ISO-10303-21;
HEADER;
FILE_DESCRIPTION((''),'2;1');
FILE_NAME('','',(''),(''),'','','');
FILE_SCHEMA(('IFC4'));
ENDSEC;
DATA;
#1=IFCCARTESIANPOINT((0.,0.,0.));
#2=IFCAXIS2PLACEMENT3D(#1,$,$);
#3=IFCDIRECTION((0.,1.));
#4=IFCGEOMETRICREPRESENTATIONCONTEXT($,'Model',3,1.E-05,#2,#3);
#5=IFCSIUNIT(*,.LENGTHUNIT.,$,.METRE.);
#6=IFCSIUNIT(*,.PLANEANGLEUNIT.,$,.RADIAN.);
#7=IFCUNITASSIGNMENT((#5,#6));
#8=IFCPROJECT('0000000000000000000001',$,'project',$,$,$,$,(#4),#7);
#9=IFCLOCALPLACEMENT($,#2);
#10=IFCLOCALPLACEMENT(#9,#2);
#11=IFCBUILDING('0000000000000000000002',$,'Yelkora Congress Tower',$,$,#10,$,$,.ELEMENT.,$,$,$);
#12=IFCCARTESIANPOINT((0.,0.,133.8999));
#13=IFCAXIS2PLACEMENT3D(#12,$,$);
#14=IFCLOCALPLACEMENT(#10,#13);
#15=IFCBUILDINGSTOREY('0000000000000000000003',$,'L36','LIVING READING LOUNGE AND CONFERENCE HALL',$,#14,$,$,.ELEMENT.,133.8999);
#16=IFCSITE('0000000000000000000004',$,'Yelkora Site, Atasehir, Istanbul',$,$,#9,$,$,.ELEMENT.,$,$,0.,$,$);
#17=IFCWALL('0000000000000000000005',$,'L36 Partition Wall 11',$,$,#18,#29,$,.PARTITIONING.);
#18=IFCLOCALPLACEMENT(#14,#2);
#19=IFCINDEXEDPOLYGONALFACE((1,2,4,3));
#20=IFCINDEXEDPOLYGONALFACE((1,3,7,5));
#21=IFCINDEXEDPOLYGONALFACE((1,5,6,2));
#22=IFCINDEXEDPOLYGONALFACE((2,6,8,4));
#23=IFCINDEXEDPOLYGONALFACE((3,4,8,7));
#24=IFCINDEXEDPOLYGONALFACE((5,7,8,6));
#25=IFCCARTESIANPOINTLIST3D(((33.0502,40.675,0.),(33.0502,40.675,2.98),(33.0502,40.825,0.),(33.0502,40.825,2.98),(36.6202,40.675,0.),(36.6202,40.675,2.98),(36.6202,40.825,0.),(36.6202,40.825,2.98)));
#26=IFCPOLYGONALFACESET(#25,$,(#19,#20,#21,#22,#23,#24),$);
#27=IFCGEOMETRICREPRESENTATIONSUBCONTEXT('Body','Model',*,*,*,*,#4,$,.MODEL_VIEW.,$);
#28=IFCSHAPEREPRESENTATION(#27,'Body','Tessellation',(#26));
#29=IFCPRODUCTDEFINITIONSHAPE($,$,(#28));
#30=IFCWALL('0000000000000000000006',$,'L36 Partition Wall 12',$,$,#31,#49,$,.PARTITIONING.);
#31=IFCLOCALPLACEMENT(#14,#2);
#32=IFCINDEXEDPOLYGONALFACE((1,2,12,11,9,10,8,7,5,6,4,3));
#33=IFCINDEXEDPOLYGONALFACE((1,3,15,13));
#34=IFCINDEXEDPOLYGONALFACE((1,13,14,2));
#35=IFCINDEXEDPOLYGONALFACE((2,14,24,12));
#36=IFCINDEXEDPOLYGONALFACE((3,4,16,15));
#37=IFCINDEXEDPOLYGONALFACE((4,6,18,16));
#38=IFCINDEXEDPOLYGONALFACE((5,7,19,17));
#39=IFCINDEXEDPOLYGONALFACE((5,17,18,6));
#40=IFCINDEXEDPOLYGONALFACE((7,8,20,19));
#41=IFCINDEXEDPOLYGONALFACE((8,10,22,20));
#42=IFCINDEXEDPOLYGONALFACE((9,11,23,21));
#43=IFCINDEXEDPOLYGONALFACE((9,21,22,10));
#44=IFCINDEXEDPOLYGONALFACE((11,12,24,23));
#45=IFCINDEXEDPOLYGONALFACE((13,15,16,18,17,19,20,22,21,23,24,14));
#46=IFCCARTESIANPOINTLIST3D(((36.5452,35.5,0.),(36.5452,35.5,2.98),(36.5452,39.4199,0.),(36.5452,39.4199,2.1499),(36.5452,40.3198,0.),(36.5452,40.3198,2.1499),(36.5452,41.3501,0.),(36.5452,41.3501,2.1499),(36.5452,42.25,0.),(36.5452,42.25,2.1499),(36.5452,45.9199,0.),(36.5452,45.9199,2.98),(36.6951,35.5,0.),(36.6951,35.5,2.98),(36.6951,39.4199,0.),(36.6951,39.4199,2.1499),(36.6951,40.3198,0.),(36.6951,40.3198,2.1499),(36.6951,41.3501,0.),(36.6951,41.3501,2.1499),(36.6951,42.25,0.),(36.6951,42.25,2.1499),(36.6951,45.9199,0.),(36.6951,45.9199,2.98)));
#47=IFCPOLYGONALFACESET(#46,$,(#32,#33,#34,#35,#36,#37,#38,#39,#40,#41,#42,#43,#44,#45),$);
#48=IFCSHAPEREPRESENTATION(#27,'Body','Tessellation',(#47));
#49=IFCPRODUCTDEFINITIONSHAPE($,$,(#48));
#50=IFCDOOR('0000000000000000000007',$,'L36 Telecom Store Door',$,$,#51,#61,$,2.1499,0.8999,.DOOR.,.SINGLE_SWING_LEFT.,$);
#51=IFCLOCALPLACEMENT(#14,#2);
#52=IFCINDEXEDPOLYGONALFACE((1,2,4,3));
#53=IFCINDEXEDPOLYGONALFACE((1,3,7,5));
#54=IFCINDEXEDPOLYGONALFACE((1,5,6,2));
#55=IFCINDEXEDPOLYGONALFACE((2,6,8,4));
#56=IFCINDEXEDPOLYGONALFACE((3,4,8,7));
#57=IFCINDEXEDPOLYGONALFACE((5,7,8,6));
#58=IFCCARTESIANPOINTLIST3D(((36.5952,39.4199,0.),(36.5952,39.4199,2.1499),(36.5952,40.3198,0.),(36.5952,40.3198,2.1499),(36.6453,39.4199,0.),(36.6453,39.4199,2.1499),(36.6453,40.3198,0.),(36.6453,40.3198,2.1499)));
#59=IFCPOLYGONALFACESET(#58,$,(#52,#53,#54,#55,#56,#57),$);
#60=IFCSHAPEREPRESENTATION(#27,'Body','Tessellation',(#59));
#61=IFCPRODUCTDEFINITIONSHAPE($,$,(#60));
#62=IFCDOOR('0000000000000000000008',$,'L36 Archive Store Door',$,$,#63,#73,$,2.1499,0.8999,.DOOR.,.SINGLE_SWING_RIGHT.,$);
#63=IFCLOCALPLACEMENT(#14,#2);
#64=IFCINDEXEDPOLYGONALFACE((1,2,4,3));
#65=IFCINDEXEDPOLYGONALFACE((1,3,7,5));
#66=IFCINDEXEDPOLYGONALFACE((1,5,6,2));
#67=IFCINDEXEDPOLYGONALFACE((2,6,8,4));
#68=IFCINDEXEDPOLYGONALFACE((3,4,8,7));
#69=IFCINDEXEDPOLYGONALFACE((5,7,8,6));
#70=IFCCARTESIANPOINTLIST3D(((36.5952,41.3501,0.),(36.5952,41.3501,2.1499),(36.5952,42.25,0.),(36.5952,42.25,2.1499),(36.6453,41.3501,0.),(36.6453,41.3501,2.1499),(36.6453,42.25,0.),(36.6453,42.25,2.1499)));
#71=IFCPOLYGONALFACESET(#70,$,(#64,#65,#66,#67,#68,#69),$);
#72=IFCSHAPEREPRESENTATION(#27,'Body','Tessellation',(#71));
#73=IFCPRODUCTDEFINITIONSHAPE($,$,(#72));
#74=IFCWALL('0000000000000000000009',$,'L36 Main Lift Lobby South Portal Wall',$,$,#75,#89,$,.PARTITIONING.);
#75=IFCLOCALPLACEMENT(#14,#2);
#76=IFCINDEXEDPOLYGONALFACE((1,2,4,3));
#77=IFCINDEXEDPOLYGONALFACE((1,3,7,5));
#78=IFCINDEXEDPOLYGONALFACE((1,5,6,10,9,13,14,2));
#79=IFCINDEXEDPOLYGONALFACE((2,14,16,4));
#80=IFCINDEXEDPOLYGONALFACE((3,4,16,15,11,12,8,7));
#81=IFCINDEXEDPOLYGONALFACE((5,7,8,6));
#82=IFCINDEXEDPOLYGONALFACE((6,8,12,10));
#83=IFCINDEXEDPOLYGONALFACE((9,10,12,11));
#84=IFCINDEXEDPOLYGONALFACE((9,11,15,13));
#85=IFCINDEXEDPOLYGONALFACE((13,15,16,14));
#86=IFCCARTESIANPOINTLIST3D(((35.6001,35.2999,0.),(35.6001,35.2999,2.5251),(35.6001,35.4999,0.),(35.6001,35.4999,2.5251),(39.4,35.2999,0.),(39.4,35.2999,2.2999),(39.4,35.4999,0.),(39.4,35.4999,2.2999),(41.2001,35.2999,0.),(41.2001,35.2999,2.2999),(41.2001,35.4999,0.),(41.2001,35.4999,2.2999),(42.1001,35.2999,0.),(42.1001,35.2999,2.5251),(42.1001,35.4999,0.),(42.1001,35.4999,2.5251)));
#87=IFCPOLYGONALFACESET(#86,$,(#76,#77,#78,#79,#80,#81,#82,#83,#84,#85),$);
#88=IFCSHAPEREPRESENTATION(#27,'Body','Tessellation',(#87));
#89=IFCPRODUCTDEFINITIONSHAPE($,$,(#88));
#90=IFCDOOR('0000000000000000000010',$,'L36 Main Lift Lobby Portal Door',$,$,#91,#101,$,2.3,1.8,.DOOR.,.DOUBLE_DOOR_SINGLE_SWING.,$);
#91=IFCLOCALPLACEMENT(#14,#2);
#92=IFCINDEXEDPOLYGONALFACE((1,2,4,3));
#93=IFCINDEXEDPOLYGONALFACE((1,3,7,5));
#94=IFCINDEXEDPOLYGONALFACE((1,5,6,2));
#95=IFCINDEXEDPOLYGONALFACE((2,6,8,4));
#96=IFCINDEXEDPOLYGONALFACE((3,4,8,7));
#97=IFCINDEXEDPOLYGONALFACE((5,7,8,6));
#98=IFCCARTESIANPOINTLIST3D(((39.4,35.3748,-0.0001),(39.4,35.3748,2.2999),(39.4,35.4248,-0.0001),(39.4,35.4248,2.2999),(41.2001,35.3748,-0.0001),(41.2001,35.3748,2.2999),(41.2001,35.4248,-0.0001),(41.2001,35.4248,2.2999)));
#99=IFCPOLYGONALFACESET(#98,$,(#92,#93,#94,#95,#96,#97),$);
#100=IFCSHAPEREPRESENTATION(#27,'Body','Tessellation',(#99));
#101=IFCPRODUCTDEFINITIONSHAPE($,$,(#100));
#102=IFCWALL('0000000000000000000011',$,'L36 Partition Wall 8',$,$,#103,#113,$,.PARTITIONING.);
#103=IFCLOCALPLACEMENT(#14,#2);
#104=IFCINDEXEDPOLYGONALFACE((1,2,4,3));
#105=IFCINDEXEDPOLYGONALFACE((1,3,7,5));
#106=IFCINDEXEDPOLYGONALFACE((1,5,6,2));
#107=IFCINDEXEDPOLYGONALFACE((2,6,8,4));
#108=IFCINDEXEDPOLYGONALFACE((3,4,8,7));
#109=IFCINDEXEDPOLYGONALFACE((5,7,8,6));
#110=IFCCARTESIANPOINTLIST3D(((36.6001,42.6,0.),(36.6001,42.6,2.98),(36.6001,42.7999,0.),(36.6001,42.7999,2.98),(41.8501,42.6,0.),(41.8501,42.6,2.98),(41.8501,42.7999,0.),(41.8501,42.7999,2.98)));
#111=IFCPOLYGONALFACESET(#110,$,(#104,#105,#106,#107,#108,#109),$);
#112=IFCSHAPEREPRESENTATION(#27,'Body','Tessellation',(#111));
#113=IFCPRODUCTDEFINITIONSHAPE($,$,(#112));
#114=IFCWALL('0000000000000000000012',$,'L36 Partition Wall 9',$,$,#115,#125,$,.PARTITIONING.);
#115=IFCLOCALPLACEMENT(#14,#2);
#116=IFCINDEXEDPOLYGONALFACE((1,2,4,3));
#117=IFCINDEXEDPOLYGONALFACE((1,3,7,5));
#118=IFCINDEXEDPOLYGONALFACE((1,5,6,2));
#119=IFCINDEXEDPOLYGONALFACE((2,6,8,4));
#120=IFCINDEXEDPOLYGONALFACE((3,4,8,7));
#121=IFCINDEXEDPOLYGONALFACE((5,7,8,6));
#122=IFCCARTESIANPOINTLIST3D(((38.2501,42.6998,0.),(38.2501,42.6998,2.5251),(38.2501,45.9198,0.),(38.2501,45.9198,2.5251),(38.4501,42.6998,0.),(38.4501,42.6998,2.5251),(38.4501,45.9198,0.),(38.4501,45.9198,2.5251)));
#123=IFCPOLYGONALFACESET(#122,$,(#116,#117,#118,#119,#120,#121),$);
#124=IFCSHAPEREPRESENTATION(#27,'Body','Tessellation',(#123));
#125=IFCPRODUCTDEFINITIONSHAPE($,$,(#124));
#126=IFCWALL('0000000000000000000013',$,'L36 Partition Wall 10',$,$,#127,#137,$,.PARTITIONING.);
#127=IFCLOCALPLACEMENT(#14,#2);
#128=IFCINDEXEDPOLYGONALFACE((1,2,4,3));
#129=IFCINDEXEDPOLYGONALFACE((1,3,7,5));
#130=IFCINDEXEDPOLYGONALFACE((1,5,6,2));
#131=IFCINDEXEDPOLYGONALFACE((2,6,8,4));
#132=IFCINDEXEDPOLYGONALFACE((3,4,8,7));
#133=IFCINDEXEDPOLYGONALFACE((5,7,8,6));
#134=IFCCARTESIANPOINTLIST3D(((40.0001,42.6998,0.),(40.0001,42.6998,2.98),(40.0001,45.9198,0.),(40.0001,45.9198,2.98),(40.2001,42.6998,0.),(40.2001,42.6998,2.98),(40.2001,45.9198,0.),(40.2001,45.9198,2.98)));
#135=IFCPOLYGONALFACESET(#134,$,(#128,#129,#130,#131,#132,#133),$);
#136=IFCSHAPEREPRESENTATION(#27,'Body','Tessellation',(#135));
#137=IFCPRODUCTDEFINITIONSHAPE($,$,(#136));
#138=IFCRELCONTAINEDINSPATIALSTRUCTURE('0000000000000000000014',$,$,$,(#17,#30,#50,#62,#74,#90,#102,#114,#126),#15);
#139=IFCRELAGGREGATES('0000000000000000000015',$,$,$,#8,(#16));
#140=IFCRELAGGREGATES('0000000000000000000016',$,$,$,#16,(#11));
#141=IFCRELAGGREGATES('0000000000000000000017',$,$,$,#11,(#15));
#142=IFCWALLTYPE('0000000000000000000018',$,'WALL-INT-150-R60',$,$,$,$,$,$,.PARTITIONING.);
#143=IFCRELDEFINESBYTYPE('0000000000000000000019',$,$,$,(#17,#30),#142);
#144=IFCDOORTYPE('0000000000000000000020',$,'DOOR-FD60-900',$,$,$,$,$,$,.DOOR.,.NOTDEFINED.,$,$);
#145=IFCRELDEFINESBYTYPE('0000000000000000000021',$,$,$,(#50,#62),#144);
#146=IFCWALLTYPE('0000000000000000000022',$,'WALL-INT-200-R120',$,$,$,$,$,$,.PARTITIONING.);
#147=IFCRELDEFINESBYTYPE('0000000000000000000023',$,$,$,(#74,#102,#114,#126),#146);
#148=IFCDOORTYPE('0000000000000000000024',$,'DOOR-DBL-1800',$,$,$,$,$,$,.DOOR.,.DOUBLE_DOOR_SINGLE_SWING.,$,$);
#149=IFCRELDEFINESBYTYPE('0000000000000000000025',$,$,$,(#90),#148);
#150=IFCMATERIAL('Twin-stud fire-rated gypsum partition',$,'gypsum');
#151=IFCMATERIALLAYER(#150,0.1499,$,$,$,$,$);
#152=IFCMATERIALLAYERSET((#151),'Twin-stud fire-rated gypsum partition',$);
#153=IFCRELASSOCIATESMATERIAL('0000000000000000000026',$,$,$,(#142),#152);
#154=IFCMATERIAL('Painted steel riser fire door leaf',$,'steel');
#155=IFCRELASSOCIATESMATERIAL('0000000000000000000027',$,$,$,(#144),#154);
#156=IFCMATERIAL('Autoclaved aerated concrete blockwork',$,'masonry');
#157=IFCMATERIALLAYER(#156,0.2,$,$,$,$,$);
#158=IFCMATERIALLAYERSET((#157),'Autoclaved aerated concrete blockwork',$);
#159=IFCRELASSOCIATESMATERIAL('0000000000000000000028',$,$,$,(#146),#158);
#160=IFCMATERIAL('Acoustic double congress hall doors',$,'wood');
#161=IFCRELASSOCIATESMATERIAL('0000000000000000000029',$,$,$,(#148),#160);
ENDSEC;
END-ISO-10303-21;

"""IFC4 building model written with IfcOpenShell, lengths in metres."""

from ifc_helpers import new_model, si_unit, direction, frame, frame_2d, origin, place, context, subcontext, project, spatial, rectangle, extrude, material, layer, layer_set, type_object, element, fill, save


model = new_model("IFC4")

# Units and contexts
model_context = context("Model", 3, precision=1e-05, world=origin(), true_north=direction((0.0, 1.0)))
body_context = subcontext(model_context, "Body", "Model", "MODEL_VIEW")
ifc_project = project(units=[si_unit("LENGTHUNIT", "METRE"), si_unit("PLANEANGLEUNIT", "RADIAN")], contexts=[model_context])

# Site, building, storey
site_placement = place(None, origin())
site = spatial("IfcSite", under=ifc_project, at=site_placement, Name="Yelkora Site, Atasehir, Istanbul", CompositionType="ELEMENT", RefElevation=0.0)
building_placement = place(site_placement, origin())
building = spatial("IfcBuilding", under=site, at=building_placement, Name="Yelkora Congress Tower", CompositionType="ELEMENT")
storey_placement = place(building_placement, frame((0.0, 0.0, 133.8999)))
storey = spatial("IfcBuildingStorey", under=building, at=storey_placement, Name="L36", Description="LIVING READING LOUNGE AND CONFERENCE HALL", CompositionType="ELEMENT", Elevation=133.8999)

# Wall
ifc_material_1 = material(Name="Twin-stud fire-rated gypsum partition", Category="gypsum")
ifc_layer_1 = layer(ifc_material_1, 0.1499)
ifc_layer_set_1 = layer_set([ifc_layer_1], Name="Twin-stud fire-rated gypsum partition")
wall_type_1 = type_object("IfcWallType", Name="WALL-INT-150-R60", PredefinedType="PARTITIONING", material=ifc_layer_set_1)
wall_1_placement = place(storey_placement, frame((33.05, 40.75, 0.0), z_axis=(0.0, 0.0, 1.0), x_axis=(1.0, 0.0, 0.0)))
element("IfcWall", 1, at=wall_1_placement, inside=storey, type_object=wall_type_1, Name="L36 Partition Wall 11", PredefinedType="PARTITIONING", context=body_context, shape_type="SweptSolid", body=[
    extrude(rectangle(XDim=3.5701, YDim=0.1499, at=frame_2d((1.7852, 0.0))), origin(), (0.0, 0.0, 1.0), 2.98),
])

# Wall, openings, doors
wall_2_placement = place(storey_placement, frame((36.6201, 35.5, 0.0), z_axis=(0.0, 0.0, 1.0), x_axis=(0.0, 1.0, 0.0)))
wall_2 = element("IfcWall", 2, at=wall_2_placement, inside=storey, type_object=wall_type_1, Name="L36 Partition Wall 12", PredefinedType="PARTITIONING", context=body_context, shape_type="SweptSolid", body=[
    extrude(rectangle(XDim=10.4199, YDim=0.1499, at=frame_2d((5.21, 0.0))), origin(), (0.0, 0.0, 1.0), 2.98),
])
opening_1_placement = place(wall_2_placement, frame((3.9199, 0.0, 0.0)))
opening_1 = element("IfcOpeningElement", 3, at=opening_1_placement, cuts=wall_2, PredefinedType="OPENING", context=body_context, shape_type="SweptSolid", body=[
    extrude(rectangle(XDim=0.8999, YDim=2.1499, at=frame_2d((0.45, 1.075))), frame((0.0, 0.085, 0.0), z_axis=(0.0, -1.0, 0.0), x_axis=(1.0, 0.0, 0.0)), (0.0, 0.0, 1.0), 0.1699),
])
opening_2_placement = place(wall_2_placement, frame((5.8501, 0.0, 0.0)))
opening_2 = element("IfcOpeningElement", 4, at=opening_2_placement, cuts=wall_2, PredefinedType="OPENING", context=body_context, shape_type="SweptSolid", body=[
    extrude(rectangle(XDim=0.8999, YDim=2.1499, at=frame_2d((0.45, 1.075))), frame((0.0, 0.085, 0.0), z_axis=(0.0, -1.0, 0.0), x_axis=(1.0, 0.0, 0.0)), (0.0, 0.0, 1.0), 0.1699),
])
ifc_material_2 = material(Name="Painted steel riser fire door leaf", Category="steel")
door_type_1 = type_object("IfcDoorType", Name="DOOR-FD60-900", OperationType="NOTDEFINED", PredefinedType="DOOR", material=ifc_material_2)
door_1_placement = place(opening_1_placement, origin())
door_1 = element("IfcDoor", 5, at=door_1_placement, inside=storey, type_object=door_type_1, Name="L36 Telecom Store Door", OperationType="SINGLE_SWING_LEFT", OverallHeight=2.1499, OverallWidth=0.8999, PredefinedType="DOOR", context=body_context, shape_type="SweptSolid", body=[
    extrude(rectangle(XDim=0.8999, YDim=2.1499, at=frame_2d((0.45, 1.075))), frame((0.0, 0.0249, 0.0), z_axis=(0.0, -1.0, 0.0), x_axis=(1.0, 0.0, 0.0)), (0.0, 0.0, 1.0), 0.05),
])
fill(opening_1, door_1)
door_2_placement = place(opening_2_placement, origin())
door_2 = element("IfcDoor", 6, at=door_2_placement, inside=storey, type_object=door_type_1, Name="L36 Archive Store Door", OperationType="SINGLE_SWING_RIGHT", OverallHeight=2.1499, OverallWidth=0.8999, PredefinedType="DOOR", context=body_context, shape_type="SweptSolid", body=[
    extrude(rectangle(XDim=0.8999, YDim=2.1499, at=frame_2d((0.45, 1.075))), frame((0.0, 0.0249, 0.0), z_axis=(0.0, -1.0, 0.0), x_axis=(1.0, 0.0, 0.0)), (0.0, 0.0, 1.0), 0.05),
])
fill(opening_2, door_2)

# Wall, opening, door
ifc_material_3 = material(Name="Autoclaved aerated concrete blockwork", Category="masonry")
ifc_layer_2 = layer(ifc_material_3, 0.2)
ifc_layer_set_2 = layer_set([ifc_layer_2], Name="Autoclaved aerated concrete blockwork")
wall_type_2 = type_object("IfcWallType", Name="WALL-INT-200-R120", PredefinedType="PARTITIONING", material=ifc_layer_set_2)
wall_3_placement = place(storey_placement, frame((35.6001, 35.3999, 0.0), z_axis=(0.0, 0.0, 1.0), x_axis=(1.0, 0.0, 0.0)))
wall_3 = element("IfcWall", 7, at=wall_3_placement, inside=storey, type_object=wall_type_2, Name="L36 Main Lift Lobby South Portal Wall", PredefinedType="PARTITIONING", context=body_context, shape_type="SweptSolid", body=[
    extrude(rectangle(XDim=6.5, YDim=0.2, at=frame_2d((3.25, 0.0))), origin(), (0.0, 0.0, 1.0), 2.5251),
])
opening_3_placement = place(wall_3_placement, frame((3.8, 0.0, 0.0)))
opening_3 = element("IfcOpeningElement", 8, at=opening_3_placement, cuts=wall_3, PredefinedType="OPENING", context=body_context, shape_type="SweptSolid", body=[
    extrude(rectangle(XDim=1.8, YDim=2.3, at=frame_2d((0.8999, 1.1499))), frame((0.0, 0.1099, 0.0), z_axis=(0.0, -1.0, 0.0), x_axis=(1.0, 0.0, 0.0)), (0.0, 0.0, 1.0), 0.22),
])
ifc_material_4 = material(Name="Acoustic double congress hall doors", Category="wood")
door_type_2 = type_object("IfcDoorType", Name="DOOR-DBL-1800", OperationType="DOUBLE_DOOR_SINGLE_SWING", PredefinedType="DOOR", material=ifc_material_4)
door_3_placement = place(opening_3_placement, origin())
door_3 = element("IfcDoor", 9, at=door_3_placement, inside=storey, type_object=door_type_2, Name="L36 Main Lift Lobby Portal Door", OperationType="DOUBLE_DOOR_SINGLE_SWING", OverallHeight=2.3, OverallWidth=1.8, PredefinedType="DOOR", context=body_context, shape_type="SweptSolid", body=[
    extrude(rectangle(XDim=1.8, YDim=2.3, at=frame_2d((0.8999, 1.1499))), frame((0.0, 0.0249, 0.0), z_axis=(0.0, -1.0, 0.0), x_axis=(1.0, 0.0, 0.0)), (0.0, 0.0, 1.0), 0.05),
])
fill(opening_3, door_3)

# Walls
wall_4_placement = place(storey_placement, frame((36.6001, 42.7, 0.0), z_axis=(0.0, 0.0, 1.0), x_axis=(1.0, 0.0, 0.0)))
element("IfcWall", 10, at=wall_4_placement, inside=storey, type_object=wall_type_2, Name="L36 Partition Wall 8", PredefinedType="PARTITIONING", context=body_context, shape_type="SweptSolid", body=[
    extrude(rectangle(XDim=5.25, YDim=0.2, at=frame_2d((2.625, 0.0))), origin(), (0.0, 0.0, 1.0), 2.98),
])
wall_5_placement = place(storey_placement, frame((38.3501, 42.7, 0.0), z_axis=(0.0, 0.0, 1.0), x_axis=(0.0, 1.0, 0.0)))
element("IfcWall", 11, at=wall_5_placement, inside=storey, type_object=wall_type_2, Name="L36 Partition Wall 9", PredefinedType="PARTITIONING", context=body_context, shape_type="SweptSolid", body=[
    extrude(rectangle(XDim=3.22, YDim=0.2, at=frame_2d((1.6099, 0.0))), origin(), (0.0, 0.0, 1.0), 2.5251),
])
wall_6_placement = place(storey_placement, frame((40.1001, 42.7, 0.0), z_axis=(0.0, 0.0, 1.0), x_axis=(0.0, 1.0, 0.0)))
element("IfcWall", 12, at=wall_6_placement, inside=storey, type_object=wall_type_2, Name="L36 Partition Wall 10", PredefinedType="PARTITIONING", context=body_context, shape_type="SweptSolid", body=[
    extrude(rectangle(XDim=3.22, YDim=0.2, at=frame_2d((1.6099, 0.0))), origin(), (0.0, 0.0, 1.0), 2.98),
])

save(model, "model.ifc")
